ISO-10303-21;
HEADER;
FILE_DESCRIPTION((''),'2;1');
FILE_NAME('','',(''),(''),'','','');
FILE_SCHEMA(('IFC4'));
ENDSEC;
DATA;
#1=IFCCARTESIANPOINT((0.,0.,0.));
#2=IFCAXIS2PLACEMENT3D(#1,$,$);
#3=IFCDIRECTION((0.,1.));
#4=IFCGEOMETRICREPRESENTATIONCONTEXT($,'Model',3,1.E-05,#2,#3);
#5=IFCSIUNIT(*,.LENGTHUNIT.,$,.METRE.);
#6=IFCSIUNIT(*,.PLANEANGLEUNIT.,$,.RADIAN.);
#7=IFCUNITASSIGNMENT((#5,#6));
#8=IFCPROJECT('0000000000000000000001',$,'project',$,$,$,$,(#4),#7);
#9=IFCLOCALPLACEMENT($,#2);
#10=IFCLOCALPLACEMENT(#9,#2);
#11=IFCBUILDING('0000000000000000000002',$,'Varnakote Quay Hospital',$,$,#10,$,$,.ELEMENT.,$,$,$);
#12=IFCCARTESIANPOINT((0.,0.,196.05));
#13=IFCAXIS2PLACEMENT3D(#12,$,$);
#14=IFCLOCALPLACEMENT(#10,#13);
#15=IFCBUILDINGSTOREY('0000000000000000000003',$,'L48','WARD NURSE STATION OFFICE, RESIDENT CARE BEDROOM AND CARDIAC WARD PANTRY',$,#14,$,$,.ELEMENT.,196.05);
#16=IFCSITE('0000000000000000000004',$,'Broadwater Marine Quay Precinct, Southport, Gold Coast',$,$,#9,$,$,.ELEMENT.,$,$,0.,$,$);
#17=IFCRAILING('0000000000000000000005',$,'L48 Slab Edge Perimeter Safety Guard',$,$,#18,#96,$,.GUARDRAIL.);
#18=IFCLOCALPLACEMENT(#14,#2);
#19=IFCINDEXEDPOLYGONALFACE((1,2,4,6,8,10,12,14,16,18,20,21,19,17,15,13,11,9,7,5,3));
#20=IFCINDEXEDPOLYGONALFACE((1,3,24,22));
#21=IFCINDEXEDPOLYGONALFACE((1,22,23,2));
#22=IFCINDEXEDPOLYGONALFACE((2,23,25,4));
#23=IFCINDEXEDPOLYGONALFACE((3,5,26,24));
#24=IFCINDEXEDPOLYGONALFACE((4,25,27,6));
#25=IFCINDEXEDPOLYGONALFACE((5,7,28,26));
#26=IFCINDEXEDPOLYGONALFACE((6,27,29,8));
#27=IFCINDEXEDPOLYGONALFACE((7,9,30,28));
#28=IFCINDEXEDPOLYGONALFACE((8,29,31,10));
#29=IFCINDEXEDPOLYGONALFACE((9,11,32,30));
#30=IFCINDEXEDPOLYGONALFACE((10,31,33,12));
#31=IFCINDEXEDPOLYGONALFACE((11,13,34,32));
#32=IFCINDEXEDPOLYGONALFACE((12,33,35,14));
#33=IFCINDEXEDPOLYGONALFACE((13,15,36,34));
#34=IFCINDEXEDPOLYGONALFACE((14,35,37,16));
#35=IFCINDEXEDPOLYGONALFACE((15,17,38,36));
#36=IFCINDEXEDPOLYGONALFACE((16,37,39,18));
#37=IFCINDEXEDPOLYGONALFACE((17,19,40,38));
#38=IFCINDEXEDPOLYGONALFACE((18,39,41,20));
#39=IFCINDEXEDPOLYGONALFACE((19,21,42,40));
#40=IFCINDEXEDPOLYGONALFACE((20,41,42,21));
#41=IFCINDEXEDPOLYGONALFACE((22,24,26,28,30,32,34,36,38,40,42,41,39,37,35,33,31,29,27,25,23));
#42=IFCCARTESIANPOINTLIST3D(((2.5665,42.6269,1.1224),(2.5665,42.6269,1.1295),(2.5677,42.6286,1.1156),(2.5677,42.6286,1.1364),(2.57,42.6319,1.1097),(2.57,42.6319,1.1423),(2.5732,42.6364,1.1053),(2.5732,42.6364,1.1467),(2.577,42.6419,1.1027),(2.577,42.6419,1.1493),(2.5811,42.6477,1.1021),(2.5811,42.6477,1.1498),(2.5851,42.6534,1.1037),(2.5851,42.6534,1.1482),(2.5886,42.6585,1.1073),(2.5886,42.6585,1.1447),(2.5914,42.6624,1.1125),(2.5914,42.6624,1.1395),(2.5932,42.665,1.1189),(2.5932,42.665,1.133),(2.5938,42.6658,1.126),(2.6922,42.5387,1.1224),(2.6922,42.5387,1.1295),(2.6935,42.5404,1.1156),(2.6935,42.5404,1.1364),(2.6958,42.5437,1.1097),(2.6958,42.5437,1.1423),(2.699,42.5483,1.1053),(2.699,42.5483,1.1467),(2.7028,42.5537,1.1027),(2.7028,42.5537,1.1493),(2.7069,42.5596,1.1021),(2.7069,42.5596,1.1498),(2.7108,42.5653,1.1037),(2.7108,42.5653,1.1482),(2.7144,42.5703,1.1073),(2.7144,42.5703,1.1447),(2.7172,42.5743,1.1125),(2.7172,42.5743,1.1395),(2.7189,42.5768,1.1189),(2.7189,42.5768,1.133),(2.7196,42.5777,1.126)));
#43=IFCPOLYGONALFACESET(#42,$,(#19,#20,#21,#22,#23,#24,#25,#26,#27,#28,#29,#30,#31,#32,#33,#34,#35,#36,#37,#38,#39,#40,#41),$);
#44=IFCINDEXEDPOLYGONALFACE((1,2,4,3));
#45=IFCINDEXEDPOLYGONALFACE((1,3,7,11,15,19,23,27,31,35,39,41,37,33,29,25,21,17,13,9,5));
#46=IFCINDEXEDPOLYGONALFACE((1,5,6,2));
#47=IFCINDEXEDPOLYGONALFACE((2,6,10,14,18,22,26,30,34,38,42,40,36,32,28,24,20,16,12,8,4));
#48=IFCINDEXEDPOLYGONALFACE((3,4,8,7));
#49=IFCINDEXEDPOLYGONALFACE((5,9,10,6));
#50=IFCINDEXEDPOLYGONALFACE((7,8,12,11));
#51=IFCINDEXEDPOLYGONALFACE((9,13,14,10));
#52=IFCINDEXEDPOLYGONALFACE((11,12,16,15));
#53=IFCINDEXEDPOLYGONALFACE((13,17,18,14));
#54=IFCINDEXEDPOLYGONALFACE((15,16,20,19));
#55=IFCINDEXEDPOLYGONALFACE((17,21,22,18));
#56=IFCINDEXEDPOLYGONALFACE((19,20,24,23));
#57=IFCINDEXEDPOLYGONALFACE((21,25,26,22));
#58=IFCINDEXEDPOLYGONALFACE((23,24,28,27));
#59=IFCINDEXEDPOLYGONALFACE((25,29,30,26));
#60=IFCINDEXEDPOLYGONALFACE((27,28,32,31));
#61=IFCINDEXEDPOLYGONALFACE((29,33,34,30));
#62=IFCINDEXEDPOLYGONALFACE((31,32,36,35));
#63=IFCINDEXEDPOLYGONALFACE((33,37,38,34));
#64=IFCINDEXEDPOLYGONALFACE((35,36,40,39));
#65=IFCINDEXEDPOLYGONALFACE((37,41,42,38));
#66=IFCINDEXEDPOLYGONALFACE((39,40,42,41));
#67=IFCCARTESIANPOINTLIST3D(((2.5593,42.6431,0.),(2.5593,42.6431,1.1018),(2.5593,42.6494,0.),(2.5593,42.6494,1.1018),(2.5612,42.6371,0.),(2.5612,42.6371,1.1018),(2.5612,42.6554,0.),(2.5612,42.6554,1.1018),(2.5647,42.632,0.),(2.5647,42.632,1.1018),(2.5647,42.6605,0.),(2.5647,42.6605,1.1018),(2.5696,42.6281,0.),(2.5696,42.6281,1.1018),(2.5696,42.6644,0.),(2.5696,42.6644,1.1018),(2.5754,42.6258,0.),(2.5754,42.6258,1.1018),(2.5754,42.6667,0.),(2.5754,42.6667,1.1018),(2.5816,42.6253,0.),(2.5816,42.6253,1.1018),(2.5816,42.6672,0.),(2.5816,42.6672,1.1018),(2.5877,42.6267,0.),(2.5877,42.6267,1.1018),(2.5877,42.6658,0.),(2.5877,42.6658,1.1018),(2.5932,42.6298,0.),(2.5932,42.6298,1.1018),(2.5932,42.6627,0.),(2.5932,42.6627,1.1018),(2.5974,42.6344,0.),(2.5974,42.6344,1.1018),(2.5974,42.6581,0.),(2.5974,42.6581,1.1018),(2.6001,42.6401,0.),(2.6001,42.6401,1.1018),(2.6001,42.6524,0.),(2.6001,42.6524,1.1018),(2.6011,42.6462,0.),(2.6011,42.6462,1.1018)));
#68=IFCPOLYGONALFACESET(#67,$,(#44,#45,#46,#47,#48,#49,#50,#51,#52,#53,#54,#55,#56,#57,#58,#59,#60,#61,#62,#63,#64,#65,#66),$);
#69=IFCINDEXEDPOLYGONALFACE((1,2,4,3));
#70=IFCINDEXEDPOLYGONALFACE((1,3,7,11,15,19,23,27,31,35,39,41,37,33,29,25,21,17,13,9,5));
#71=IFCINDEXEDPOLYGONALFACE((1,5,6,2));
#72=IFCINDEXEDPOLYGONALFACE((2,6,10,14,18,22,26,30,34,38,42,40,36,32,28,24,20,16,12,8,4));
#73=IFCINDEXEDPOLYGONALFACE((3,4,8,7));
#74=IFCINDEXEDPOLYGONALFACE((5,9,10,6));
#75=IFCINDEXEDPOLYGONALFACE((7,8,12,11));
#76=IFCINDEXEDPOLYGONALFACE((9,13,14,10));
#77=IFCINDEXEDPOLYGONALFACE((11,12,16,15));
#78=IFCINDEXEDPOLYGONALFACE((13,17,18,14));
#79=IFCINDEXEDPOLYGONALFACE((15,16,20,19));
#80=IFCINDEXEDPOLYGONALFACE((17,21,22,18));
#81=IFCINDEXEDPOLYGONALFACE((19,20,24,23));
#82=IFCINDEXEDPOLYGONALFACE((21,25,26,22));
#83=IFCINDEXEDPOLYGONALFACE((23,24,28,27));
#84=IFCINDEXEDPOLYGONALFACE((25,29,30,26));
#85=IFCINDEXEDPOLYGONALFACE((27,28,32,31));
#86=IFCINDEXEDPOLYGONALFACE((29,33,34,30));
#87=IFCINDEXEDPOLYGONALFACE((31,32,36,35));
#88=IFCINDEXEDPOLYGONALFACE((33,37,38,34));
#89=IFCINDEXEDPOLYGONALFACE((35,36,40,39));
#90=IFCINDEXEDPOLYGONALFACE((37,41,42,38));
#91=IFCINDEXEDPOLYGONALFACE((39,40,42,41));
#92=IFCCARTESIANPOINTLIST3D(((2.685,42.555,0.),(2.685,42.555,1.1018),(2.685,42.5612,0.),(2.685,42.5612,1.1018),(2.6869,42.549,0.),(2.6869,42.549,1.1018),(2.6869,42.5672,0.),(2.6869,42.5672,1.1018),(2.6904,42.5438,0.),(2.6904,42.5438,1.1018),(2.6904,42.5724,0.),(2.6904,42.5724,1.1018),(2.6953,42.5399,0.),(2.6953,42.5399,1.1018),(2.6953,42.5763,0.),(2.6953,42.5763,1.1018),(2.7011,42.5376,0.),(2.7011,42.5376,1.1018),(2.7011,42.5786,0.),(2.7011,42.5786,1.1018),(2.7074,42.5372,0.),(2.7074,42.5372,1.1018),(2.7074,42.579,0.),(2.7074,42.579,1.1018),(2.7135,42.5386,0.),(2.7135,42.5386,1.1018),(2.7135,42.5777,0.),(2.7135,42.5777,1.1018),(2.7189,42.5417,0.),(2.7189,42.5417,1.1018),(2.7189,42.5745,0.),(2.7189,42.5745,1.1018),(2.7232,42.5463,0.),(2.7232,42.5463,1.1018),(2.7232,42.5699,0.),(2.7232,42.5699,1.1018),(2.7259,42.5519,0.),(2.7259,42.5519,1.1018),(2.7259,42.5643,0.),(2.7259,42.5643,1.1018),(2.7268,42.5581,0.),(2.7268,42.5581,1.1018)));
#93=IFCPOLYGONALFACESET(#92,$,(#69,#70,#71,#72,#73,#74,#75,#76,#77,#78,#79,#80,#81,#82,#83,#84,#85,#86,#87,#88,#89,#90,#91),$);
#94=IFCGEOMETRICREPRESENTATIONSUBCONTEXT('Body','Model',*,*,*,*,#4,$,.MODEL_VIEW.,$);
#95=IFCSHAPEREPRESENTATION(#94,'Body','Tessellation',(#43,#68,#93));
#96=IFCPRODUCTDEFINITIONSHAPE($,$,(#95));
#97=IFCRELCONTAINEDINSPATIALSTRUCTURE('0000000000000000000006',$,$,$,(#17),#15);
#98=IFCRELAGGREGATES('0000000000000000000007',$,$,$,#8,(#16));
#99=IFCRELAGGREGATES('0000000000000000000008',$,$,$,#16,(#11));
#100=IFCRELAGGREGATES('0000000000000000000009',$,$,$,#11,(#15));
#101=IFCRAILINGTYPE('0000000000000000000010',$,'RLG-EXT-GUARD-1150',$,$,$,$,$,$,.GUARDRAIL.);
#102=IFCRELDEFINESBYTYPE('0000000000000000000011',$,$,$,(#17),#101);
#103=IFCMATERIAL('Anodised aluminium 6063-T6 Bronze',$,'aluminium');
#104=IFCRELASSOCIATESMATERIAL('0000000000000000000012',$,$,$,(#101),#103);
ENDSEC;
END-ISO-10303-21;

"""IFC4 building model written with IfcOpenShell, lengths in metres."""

from ifc_helpers import new_model, si_unit, direction, frame, origin, origin_2d, place, context, subcontext, project, spatial, circle, extrude, material, type_object, element, save


model = new_model("IFC4")

# Units and contexts
model_context = context("Model", 3, precision=1e-05, world=origin(), true_north=direction((0.0, 1.0)))
body_context = subcontext(model_context, "Body", "Model", "MODEL_VIEW")
ifc_project = project(units=[si_unit("LENGTHUNIT", "METRE"), si_unit("PLANEANGLEUNIT", "RADIAN")], contexts=[model_context])

# Site, building, storey
site_placement = place(None, origin())
site = spatial("IfcSite", under=ifc_project, at=site_placement, Name="Broadwater Marine Quay Precinct, Southport, Gold Coast", CompositionType="ELEMENT", RefElevation=0.0)
building_placement = place(site_placement, origin())
building = spatial("IfcBuilding", under=site, at=building_placement, Name="Varnakote Quay Hospital", CompositionType="ELEMENT")
storey_placement = place(building_placement, frame((0.0, 0.0, 196.05)))
storey = spatial("IfcBuildingStorey", under=building, at=storey_placement, Name="L48", Description="WARD NURSE STATION OFFICE, RESIDENT CARE BEDROOM AND CARDIAC WARD PANTRY", CompositionType="ELEMENT", Elevation=196.05)

# Railing
ifc_material_1 = material(Name="Anodised aluminium 6063-T6 Bronze", Category="aluminium")
railing_type = type_object("IfcRailingType", Name="RLG-EXT-GUARD-1150", PredefinedType="GUARDRAIL", material=ifc_material_1)
railing_1_placement = place(storey_placement, frame((2.5801, 42.6462, 0.0)))
element("IfcRailing", 1, at=railing_1_placement, inside=storey, type_object=railing_type, Name="L48 Slab Edge Perimeter Safety Guard", PredefinedType="GUARDRAIL", context=body_context, shape_type="SweptSolid", body=[
    extrude(circle(Radius=0.0239, at=origin_2d()), frame((0.0, 0.0, 1.126), z_axis=(0.818858, -0.573996, 0.0), x_axis=(0.573996, 0.818858, 0.0)), (0.0, 0.0, 1.0), 0.1536),
    extrude(circle(Radius=0.021, at=origin_2d()), origin(), (0.0, 0.0, 1.0), 1.1018),
    extrude(circle(Radius=0.021, at=origin_2d()), frame((0.1257, -0.0881, 0.0)), (0.0, 0.0, 1.0), 1.1018),
])

save(model, "model.ifc")
